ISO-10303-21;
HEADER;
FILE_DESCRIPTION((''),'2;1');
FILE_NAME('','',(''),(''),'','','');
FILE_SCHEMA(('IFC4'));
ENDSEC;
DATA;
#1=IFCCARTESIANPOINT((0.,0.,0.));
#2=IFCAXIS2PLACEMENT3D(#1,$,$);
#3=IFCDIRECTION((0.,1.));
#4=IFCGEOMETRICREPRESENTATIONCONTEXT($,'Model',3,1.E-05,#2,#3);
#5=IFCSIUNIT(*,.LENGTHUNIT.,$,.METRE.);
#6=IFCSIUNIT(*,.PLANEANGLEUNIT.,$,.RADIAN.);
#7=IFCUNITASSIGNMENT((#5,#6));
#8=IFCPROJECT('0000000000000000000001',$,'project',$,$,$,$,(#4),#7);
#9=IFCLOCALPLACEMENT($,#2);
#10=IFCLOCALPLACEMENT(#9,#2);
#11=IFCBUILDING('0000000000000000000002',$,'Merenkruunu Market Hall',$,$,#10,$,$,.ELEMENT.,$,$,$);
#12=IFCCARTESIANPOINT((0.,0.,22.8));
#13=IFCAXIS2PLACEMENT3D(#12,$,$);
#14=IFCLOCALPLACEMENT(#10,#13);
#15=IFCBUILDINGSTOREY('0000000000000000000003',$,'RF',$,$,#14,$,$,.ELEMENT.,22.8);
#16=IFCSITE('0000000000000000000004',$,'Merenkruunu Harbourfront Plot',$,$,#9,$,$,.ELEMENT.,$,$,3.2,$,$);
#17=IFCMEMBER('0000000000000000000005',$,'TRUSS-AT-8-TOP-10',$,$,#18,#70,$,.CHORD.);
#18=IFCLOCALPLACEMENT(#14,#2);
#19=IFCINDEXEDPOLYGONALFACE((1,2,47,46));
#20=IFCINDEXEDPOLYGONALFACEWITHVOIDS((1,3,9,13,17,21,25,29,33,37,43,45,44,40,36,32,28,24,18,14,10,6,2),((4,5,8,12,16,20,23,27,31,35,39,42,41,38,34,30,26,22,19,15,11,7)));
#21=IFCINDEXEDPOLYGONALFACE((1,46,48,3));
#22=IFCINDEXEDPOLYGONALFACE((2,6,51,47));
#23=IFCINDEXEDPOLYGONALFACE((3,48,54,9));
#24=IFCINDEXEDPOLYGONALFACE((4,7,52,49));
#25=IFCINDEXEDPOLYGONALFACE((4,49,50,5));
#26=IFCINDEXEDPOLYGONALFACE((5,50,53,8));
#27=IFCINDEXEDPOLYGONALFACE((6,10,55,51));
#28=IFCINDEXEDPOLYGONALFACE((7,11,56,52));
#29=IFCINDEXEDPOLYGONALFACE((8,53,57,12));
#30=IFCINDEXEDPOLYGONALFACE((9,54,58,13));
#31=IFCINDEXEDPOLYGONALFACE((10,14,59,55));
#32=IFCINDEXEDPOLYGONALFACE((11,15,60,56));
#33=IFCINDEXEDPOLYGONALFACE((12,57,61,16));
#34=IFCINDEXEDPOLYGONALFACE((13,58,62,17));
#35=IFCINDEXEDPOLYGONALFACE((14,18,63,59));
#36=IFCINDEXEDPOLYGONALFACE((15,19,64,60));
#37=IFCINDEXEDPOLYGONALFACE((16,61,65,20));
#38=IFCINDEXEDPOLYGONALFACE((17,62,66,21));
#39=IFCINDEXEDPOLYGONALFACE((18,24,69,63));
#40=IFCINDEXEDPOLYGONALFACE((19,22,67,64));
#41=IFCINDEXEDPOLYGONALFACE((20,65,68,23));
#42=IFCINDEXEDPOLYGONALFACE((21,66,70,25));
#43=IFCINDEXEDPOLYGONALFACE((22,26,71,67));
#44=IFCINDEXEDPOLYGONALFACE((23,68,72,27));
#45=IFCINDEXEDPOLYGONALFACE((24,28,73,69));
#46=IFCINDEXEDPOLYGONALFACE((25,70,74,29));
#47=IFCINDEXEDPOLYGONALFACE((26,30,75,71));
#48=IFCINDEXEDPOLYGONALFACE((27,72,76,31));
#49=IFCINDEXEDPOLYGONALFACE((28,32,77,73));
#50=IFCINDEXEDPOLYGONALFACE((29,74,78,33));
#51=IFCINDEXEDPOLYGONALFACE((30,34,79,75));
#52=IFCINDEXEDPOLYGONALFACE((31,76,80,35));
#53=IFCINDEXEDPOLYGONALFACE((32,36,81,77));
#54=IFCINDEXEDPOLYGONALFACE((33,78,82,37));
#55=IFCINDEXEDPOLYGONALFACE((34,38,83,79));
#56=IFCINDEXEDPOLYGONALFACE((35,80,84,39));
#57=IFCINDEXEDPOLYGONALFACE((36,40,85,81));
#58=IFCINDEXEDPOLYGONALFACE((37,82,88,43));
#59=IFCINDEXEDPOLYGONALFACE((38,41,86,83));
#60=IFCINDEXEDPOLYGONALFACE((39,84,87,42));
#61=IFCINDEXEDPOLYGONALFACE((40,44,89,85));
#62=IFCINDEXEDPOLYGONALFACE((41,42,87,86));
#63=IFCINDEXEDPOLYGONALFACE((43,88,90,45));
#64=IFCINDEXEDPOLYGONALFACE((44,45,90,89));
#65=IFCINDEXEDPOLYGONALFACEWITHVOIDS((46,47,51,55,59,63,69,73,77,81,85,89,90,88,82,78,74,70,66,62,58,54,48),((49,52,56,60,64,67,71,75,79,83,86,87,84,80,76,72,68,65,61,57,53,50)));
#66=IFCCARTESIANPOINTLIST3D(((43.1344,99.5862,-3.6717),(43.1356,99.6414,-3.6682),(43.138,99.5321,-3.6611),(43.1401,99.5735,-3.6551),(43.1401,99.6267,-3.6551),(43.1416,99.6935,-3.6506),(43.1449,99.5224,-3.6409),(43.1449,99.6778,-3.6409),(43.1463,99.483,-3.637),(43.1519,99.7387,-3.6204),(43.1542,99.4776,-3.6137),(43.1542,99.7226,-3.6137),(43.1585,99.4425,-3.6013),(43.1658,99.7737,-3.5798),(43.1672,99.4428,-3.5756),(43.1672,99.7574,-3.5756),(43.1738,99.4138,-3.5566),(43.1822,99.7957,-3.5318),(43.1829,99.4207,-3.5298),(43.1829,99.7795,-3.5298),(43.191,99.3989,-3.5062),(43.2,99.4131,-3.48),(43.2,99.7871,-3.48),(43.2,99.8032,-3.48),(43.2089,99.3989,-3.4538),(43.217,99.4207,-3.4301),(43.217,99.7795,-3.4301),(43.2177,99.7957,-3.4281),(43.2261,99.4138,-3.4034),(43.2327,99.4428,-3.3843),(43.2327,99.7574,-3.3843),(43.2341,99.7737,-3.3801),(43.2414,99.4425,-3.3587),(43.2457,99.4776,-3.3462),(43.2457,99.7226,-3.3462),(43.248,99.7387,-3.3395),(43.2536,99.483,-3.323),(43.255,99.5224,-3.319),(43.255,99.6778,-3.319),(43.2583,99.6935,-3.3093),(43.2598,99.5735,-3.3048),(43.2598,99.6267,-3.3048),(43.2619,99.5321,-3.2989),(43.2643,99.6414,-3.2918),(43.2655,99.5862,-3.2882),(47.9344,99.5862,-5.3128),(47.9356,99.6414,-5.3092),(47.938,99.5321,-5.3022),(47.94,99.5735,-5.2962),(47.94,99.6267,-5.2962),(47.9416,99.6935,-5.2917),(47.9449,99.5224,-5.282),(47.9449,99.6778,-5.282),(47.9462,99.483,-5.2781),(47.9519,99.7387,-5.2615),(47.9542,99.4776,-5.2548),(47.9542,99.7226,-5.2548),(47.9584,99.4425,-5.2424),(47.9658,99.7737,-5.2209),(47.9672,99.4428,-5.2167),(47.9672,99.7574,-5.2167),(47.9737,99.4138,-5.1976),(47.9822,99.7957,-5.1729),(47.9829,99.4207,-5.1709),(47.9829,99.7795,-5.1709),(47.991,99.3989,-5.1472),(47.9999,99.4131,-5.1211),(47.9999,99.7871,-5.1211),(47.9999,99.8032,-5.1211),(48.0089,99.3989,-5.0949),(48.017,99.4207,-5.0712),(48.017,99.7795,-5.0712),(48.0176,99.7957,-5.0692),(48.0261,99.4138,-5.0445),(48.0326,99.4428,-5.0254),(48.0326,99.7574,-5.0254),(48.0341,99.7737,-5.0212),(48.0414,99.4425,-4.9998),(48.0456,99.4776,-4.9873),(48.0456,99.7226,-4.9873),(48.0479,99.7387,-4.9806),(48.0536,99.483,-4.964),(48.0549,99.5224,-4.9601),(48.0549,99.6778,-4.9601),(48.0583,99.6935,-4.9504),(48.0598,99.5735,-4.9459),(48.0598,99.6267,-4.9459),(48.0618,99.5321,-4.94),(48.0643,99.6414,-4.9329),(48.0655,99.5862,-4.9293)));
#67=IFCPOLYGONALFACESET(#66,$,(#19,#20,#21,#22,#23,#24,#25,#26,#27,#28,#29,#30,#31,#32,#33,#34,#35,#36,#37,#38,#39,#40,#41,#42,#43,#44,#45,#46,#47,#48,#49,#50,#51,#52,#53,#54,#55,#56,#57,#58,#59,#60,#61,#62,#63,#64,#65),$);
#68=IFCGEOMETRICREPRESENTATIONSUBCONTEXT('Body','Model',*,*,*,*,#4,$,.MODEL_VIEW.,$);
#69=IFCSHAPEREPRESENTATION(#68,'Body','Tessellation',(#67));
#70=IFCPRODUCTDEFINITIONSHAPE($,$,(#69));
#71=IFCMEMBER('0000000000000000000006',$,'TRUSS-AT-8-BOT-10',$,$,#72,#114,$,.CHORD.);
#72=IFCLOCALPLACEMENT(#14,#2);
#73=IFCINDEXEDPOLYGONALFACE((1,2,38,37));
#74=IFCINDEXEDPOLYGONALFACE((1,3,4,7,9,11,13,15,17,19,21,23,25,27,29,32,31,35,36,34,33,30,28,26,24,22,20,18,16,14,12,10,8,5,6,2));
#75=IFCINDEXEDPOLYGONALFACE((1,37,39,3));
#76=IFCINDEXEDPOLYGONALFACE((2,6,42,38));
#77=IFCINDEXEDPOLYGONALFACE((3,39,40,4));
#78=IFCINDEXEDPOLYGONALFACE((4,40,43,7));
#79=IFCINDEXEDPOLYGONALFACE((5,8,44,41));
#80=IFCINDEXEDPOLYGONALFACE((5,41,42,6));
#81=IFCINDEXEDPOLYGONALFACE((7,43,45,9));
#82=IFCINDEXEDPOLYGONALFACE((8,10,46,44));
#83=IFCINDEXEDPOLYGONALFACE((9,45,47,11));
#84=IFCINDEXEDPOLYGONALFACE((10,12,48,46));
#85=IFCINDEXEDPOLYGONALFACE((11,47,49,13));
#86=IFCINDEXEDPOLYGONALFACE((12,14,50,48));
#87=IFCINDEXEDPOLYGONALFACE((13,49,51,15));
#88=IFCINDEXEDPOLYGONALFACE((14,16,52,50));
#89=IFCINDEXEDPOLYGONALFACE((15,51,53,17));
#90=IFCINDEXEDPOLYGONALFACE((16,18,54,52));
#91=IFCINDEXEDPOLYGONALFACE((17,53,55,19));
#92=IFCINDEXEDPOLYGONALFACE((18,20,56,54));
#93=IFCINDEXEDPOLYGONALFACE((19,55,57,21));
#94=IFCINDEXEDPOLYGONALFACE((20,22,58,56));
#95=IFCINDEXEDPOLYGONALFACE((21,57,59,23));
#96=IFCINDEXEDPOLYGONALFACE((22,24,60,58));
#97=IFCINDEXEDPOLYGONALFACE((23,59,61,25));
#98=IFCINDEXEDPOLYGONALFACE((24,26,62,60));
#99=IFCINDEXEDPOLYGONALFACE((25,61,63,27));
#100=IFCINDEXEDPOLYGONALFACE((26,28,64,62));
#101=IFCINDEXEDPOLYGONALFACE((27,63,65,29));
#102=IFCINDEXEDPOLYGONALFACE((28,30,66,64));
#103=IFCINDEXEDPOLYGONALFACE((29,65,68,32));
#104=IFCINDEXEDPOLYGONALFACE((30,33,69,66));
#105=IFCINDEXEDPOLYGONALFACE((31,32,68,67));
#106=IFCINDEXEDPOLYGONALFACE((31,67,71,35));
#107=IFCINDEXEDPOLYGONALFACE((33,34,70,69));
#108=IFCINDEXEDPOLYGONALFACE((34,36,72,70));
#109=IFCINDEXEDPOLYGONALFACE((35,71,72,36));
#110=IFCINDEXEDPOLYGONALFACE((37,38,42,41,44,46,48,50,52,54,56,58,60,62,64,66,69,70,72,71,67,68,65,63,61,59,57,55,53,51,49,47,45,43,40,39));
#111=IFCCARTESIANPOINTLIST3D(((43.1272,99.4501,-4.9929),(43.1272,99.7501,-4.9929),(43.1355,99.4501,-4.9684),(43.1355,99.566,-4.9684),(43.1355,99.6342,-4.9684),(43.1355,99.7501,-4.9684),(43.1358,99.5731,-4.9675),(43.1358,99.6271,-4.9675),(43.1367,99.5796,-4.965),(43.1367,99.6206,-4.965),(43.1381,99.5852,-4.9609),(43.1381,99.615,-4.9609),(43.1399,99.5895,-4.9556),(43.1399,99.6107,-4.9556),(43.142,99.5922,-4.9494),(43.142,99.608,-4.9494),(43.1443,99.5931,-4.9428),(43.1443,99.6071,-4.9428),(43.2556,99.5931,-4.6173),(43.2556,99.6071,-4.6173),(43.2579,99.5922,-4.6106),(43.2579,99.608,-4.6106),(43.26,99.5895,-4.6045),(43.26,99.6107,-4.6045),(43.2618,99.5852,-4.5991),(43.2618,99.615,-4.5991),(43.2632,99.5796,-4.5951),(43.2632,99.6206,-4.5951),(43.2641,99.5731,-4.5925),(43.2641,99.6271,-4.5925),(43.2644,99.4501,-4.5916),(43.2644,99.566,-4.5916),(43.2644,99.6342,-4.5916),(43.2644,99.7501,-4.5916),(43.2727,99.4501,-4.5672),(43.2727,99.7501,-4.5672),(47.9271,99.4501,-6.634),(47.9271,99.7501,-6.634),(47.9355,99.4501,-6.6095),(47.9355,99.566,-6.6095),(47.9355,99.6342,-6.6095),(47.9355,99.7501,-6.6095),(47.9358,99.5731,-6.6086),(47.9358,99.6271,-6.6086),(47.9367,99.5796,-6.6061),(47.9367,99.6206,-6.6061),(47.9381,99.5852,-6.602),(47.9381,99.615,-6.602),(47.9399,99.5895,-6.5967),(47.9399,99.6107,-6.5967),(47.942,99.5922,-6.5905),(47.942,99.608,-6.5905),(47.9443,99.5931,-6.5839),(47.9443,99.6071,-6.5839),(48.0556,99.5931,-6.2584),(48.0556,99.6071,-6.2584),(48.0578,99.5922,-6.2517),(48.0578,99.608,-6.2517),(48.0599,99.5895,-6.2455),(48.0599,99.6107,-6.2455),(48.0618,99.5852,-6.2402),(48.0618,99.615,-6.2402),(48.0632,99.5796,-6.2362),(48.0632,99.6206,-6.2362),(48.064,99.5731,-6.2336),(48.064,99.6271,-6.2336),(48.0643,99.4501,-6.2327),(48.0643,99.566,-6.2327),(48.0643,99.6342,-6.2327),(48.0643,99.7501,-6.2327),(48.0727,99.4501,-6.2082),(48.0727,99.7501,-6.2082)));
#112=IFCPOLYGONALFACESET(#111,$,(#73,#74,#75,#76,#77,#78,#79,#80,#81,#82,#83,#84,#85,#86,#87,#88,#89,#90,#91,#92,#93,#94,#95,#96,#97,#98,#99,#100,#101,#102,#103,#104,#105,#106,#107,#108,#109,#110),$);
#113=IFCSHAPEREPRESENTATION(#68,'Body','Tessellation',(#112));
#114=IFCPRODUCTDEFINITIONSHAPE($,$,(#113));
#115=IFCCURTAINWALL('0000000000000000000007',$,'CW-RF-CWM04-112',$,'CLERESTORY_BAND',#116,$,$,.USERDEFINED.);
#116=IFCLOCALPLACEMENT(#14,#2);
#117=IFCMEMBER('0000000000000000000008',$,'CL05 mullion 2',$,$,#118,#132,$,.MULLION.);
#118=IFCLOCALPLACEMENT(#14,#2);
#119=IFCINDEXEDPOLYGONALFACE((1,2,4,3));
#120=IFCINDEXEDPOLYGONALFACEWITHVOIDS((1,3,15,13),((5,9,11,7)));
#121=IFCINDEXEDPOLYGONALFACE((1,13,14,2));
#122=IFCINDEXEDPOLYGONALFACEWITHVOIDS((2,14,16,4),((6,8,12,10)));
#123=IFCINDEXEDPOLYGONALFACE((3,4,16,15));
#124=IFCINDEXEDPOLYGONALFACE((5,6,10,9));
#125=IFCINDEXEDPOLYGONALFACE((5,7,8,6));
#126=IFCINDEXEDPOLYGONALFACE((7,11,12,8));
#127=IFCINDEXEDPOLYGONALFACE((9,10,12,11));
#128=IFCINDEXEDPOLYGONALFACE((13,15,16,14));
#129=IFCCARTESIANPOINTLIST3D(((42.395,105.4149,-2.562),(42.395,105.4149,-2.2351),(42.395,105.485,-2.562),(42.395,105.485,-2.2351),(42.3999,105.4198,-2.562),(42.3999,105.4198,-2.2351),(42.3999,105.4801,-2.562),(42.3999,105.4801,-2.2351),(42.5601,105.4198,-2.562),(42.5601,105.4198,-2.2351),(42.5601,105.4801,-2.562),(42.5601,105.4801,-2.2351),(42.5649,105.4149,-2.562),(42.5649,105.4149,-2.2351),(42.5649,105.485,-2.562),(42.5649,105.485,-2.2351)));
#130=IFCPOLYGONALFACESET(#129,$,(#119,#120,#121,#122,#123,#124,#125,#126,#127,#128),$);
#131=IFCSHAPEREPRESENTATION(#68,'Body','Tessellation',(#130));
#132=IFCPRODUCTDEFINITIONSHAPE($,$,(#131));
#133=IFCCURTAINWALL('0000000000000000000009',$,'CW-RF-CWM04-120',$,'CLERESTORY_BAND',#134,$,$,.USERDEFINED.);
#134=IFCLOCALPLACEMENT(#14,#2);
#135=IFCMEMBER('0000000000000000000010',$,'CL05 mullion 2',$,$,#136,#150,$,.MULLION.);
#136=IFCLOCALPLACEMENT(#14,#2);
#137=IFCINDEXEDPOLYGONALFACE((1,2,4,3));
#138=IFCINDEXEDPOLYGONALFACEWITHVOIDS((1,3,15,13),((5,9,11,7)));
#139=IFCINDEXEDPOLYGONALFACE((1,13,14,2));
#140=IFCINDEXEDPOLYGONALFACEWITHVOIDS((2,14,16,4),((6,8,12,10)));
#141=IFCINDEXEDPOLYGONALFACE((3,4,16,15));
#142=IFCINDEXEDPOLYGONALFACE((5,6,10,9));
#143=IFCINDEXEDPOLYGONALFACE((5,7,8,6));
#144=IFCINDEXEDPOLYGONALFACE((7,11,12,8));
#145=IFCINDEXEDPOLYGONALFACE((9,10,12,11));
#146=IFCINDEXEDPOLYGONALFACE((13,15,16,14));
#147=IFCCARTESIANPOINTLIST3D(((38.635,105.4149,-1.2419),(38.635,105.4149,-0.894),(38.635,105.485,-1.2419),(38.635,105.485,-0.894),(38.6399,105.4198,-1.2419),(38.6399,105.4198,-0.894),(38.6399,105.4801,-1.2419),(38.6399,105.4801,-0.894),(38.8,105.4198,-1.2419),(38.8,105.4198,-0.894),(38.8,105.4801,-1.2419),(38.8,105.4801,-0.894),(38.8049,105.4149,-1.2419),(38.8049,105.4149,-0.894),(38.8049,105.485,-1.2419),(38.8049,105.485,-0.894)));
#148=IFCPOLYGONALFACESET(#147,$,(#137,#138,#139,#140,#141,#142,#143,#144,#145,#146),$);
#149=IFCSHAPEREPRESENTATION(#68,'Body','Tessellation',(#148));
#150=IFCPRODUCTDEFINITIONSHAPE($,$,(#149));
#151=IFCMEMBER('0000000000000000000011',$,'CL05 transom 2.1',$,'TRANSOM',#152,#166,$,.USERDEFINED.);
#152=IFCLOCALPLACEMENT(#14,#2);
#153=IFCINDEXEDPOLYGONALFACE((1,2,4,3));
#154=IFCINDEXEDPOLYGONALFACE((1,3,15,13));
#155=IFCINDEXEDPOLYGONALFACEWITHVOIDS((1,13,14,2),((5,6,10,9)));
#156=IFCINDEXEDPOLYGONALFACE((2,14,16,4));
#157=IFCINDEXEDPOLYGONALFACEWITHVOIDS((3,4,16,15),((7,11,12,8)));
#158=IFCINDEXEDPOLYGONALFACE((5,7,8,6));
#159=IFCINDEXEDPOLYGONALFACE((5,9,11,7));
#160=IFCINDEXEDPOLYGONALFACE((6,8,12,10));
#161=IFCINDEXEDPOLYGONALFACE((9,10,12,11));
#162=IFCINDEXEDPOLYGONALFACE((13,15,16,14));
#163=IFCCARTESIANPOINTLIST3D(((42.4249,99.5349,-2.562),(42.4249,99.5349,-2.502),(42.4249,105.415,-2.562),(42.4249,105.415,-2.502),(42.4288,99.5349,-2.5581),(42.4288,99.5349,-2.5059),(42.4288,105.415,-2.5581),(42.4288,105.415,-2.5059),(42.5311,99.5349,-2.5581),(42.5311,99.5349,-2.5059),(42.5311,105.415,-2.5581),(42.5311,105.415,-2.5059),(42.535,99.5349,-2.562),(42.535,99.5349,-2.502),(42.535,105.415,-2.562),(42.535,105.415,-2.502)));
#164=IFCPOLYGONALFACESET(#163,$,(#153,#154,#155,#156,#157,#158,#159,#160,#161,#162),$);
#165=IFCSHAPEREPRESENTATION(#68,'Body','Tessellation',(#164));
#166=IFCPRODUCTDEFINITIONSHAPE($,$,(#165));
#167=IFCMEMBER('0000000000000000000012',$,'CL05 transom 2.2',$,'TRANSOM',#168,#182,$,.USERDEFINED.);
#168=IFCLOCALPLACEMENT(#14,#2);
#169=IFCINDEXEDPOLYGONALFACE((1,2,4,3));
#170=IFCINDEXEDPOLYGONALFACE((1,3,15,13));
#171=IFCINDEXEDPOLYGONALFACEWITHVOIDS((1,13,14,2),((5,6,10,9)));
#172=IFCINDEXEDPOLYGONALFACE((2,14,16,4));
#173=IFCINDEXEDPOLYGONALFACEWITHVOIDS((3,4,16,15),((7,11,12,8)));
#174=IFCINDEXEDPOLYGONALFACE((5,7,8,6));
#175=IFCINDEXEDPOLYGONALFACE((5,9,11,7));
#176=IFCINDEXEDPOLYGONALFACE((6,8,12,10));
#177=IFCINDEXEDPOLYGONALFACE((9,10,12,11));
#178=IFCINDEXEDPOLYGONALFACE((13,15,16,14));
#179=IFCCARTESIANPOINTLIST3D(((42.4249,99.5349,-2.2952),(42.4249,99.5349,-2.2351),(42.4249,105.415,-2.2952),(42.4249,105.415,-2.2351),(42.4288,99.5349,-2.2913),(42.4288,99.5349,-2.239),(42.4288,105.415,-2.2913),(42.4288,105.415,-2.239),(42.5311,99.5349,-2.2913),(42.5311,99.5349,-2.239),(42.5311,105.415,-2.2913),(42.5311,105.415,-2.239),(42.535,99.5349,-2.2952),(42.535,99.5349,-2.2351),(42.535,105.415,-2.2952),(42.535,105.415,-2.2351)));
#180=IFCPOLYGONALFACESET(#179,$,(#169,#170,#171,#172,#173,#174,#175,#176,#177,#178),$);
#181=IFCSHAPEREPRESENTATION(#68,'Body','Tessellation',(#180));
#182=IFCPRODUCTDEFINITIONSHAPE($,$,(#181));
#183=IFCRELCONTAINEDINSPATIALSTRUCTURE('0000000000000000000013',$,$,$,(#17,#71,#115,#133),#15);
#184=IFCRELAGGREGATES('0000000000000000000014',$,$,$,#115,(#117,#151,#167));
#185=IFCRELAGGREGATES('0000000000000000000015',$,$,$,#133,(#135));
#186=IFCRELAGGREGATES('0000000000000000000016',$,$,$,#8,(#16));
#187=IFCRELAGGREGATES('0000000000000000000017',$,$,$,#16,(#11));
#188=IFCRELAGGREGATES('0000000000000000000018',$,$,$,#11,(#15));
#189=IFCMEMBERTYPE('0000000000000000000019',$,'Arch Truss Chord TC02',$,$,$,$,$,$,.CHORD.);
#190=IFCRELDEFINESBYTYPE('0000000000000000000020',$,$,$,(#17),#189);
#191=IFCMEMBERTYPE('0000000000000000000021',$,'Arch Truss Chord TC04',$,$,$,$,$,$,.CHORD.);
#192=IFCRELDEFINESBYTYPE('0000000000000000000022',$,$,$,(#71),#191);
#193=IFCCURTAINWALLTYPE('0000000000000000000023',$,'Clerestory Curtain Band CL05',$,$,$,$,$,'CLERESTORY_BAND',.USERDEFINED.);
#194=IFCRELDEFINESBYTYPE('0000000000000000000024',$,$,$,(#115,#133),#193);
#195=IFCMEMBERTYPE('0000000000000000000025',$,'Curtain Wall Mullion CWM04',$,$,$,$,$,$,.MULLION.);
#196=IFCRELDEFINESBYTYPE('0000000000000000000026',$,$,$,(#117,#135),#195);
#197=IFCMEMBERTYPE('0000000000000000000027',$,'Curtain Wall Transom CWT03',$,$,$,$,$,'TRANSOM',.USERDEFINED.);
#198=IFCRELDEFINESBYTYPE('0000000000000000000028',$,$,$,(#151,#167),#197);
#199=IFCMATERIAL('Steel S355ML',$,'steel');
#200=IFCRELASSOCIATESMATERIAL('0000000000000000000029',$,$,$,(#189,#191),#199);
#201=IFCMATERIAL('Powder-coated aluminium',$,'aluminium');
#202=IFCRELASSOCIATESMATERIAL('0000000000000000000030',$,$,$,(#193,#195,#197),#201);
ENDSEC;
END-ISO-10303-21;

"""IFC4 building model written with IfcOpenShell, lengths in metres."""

from ifc_helpers import new_model, si_unit, direction, frame, origin, origin_2d, place, context, subcontext, project, spatial, hollow_rectangle, hollow_circle, i_section, extrude, material, material_profile, profile_set, type_object, element, aggregate, save


model = new_model("IFC4")

# Units and contexts
model_context = context("Model", 3, precision=1e-05, world=origin(), true_north=direction((0.0, 1.0)))
body_context = subcontext(model_context, "Body", "Model", "MODEL_VIEW")
ifc_project = project(units=[si_unit("LENGTHUNIT", "METRE"), si_unit("PLANEANGLEUNIT", "RADIAN")], contexts=[model_context])

# Site, building, storey
site_placement = place(None, origin())
site = spatial("IfcSite", under=ifc_project, at=site_placement, Name="Merenkruunu Harbourfront Plot", CompositionType="ELEMENT", RefElevation=3.2)
building_placement = place(site_placement, origin())
building = spatial("IfcBuilding", under=site, at=building_placement, Name="Merenkruunu Market Hall", CompositionType="ELEMENT")
storey_placement = place(building_placement, frame((0.0, 0.0, 22.8)))
storey = spatial("IfcBuildingStorey", under=building, at=storey_placement, Name="RF", CompositionType="ELEMENT", Elevation=22.8)

# Members
ifc_material_1 = material(Name="Steel S355ML", Category="steel")
ifc_material_profile_1 = material_profile(ifc_material_1, hollow_circle(Radius=0.2031, WallThickness=0.0161, at=origin_2d()), Name="CHS 406.4x16")
ifc_profile_set_1 = profile_set([ifc_material_profile_1], Name="Steel S355ML")
member_type_1 = type_object("IfcMemberType", Name="Arch Truss Chord TC02", PredefinedType="CHORD", material=ifc_profile_set_1)
member_1_placement = place(storey_placement, frame((43.2, 99.6001, -3.48), z_axis=(0.946225, 0.0, -0.32351), x_axis=(0.0, 1.0, 0.0)))
element("IfcMember", 1, at=member_1_placement, inside=storey, type_object=member_type_1, Name="TRUSS-AT-8-TOP-10", PredefinedType="CHORD", context=body_context, shape_type="SweptSolid", body=[
    extrude(hollow_circle(Radius=0.2031, WallThickness=0.0161, at=origin_2d()), origin(), (0.0, 0.0, 1.0), 5.0728),
])
ifc_material_profile_2 = material_profile(ifc_material_1, i_section(OverallWidth=0.3, OverallDepth=0.45, WebThickness=0.0139, FlangeThickness=0.0259, FilletRadius=0.0271, at=origin_2d()), Name="HEB 450")
ifc_profile_set_2 = profile_set([ifc_material_profile_2], Name="Steel S355ML")
member_type_2 = type_object("IfcMemberType", Name="Arch Truss Chord TC04", PredefinedType="CHORD", material=ifc_profile_set_2)
member_2_placement = place(storey_placement, frame((43.2, 99.6001, -4.78), z_axis=(0.946225, 0.0, -0.32351), x_axis=(0.0, 1.0, 0.0)))
element("IfcMember", 2, at=member_2_placement, inside=storey, type_object=member_type_2, Name="TRUSS-AT-8-BOT-10", PredefinedType="CHORD", context=body_context, shape_type="SweptSolid", body=[
    extrude(i_section(OverallWidth=0.3, OverallDepth=0.45, WebThickness=0.0139, FlangeThickness=0.0259, FilletRadius=0.0271, at=origin_2d()), origin(), (0.0, 0.0, 1.0), 5.0728),
])

# Curtain walls, members
ifc_material_2 = material(Name="Powder-coated aluminium", Category="aluminium")
curtain_wall_type = type_object("IfcCurtainWallType", Name="Clerestory Curtain Band CL05", ElementType="CLERESTORY_BAND", PredefinedType="USERDEFINED", material=ifc_material_2)
curtain_wall_1_placement = place(storey_placement, origin())
curtain_wall_1 = element("IfcCurtainWall", 3, at=curtain_wall_1_placement, inside=storey, type_object=curtain_wall_type, Name="CW-RF-CWM04-112", ObjectType="CLERESTORY_BAND", PredefinedType="USERDEFINED")
ifc_material_profile_3 = material_profile(ifc_material_2, hollow_rectangle(XDim=0.0701, YDim=0.1699, WallThickness=0.0049, at=origin_2d()), Name="ALU 70x170x5")
ifc_profile_set_3 = profile_set([ifc_material_profile_3], Name="Powder-coated aluminium")
member_type_3 = type_object("IfcMemberType", Name="Curtain Wall Mullion CWM04", PredefinedType="MULLION", material=ifc_profile_set_3)
member_3_placement = place(storey_placement, frame((42.48, 105.45, -2.562), z_axis=(0.0, 0.0, 1.0), x_axis=(0.0, -1.0, 0.0)))
member_3 = element("IfcMember", 4, at=member_3_placement, type_object=member_type_3, Name="CL05 mullion 2", PredefinedType="MULLION", context=body_context, shape_type="SweptSolid", body=[
    extrude(hollow_rectangle(XDim=0.0701, YDim=0.1699, WallThickness=0.0049, at=origin_2d()), origin(), (0.0, 0.0, 1.0), 0.3269),
])
curtain_wall_2_placement = place(storey_placement, origin())
curtain_wall_2 = element("IfcCurtainWall", 5, at=curtain_wall_2_placement, inside=storey, type_object=curtain_wall_type, Name="CW-RF-CWM04-120", ObjectType="CLERESTORY_BAND", PredefinedType="USERDEFINED")
member_4_placement = place(storey_placement, frame((38.72, 105.45, -1.2419), z_axis=(0.0, 0.0, 1.0), x_axis=(0.0, -1.0, 0.0)))
member_4 = element("IfcMember", 6, at=member_4_placement, type_object=member_type_3, Name="CL05 mullion 2", PredefinedType="MULLION", context=body_context, shape_type="SweptSolid", body=[
    extrude(hollow_rectangle(XDim=0.0701, YDim=0.1699, WallThickness=0.0049, at=origin_2d()), origin(), (0.0, 0.0, 1.0), 0.3479),
])

# Members
ifc_material_profile_4 = material_profile(ifc_material_2, hollow_rectangle(XDim=0.0601, YDim=0.1101, WallThickness=0.0039, at=origin_2d()), Name="ALU 60x110x4")
ifc_profile_set_4 = profile_set([ifc_material_profile_4], Name="Powder-coated aluminium")
member_type_4 = type_object("IfcMemberType", Name="Curtain Wall Transom CWT03", ElementType="TRANSOM", PredefinedType="USERDEFINED", material=ifc_profile_set_4)
member_5_placement = place(storey_placement, frame((42.48, 105.415, -2.532), z_axis=(0.0, -1.0, 0.0), x_axis=(0.0, 0.0, 1.0)))
member_5 = element("IfcMember", 7, at=member_5_placement, type_object=member_type_4, Name="CL05 transom 2.1", ObjectType="TRANSOM", PredefinedType="USERDEFINED", context=body_context, shape_type="SweptSolid", body=[
    extrude(hollow_rectangle(XDim=0.0601, YDim=0.1101, WallThickness=0.0039, at=origin_2d()), origin(), (0.0, 0.0, 1.0), 5.8801),
])
member_6_placement = place(storey_placement, frame((42.48, 105.415, -2.2651), z_axis=(0.0, -1.0, 0.0), x_axis=(0.0, 0.0, 1.0)))
member_6 = element("IfcMember", 8, at=member_6_placement, type_object=member_type_4, Name="CL05 transom 2.2", ObjectType="TRANSOM", PredefinedType="USERDEFINED", context=body_context, shape_type="SweptSolid", body=[
    extrude(hollow_rectangle(XDim=0.0601, YDim=0.1101, WallThickness=0.0039, at=origin_2d()), origin(), (0.0, 0.0, 1.0), 5.8801),
])

aggregate(curtain_wall_1, [member_3, member_5, member_6])
aggregate(curtain_wall_2, [member_4])

save(model, "model.ifc")
